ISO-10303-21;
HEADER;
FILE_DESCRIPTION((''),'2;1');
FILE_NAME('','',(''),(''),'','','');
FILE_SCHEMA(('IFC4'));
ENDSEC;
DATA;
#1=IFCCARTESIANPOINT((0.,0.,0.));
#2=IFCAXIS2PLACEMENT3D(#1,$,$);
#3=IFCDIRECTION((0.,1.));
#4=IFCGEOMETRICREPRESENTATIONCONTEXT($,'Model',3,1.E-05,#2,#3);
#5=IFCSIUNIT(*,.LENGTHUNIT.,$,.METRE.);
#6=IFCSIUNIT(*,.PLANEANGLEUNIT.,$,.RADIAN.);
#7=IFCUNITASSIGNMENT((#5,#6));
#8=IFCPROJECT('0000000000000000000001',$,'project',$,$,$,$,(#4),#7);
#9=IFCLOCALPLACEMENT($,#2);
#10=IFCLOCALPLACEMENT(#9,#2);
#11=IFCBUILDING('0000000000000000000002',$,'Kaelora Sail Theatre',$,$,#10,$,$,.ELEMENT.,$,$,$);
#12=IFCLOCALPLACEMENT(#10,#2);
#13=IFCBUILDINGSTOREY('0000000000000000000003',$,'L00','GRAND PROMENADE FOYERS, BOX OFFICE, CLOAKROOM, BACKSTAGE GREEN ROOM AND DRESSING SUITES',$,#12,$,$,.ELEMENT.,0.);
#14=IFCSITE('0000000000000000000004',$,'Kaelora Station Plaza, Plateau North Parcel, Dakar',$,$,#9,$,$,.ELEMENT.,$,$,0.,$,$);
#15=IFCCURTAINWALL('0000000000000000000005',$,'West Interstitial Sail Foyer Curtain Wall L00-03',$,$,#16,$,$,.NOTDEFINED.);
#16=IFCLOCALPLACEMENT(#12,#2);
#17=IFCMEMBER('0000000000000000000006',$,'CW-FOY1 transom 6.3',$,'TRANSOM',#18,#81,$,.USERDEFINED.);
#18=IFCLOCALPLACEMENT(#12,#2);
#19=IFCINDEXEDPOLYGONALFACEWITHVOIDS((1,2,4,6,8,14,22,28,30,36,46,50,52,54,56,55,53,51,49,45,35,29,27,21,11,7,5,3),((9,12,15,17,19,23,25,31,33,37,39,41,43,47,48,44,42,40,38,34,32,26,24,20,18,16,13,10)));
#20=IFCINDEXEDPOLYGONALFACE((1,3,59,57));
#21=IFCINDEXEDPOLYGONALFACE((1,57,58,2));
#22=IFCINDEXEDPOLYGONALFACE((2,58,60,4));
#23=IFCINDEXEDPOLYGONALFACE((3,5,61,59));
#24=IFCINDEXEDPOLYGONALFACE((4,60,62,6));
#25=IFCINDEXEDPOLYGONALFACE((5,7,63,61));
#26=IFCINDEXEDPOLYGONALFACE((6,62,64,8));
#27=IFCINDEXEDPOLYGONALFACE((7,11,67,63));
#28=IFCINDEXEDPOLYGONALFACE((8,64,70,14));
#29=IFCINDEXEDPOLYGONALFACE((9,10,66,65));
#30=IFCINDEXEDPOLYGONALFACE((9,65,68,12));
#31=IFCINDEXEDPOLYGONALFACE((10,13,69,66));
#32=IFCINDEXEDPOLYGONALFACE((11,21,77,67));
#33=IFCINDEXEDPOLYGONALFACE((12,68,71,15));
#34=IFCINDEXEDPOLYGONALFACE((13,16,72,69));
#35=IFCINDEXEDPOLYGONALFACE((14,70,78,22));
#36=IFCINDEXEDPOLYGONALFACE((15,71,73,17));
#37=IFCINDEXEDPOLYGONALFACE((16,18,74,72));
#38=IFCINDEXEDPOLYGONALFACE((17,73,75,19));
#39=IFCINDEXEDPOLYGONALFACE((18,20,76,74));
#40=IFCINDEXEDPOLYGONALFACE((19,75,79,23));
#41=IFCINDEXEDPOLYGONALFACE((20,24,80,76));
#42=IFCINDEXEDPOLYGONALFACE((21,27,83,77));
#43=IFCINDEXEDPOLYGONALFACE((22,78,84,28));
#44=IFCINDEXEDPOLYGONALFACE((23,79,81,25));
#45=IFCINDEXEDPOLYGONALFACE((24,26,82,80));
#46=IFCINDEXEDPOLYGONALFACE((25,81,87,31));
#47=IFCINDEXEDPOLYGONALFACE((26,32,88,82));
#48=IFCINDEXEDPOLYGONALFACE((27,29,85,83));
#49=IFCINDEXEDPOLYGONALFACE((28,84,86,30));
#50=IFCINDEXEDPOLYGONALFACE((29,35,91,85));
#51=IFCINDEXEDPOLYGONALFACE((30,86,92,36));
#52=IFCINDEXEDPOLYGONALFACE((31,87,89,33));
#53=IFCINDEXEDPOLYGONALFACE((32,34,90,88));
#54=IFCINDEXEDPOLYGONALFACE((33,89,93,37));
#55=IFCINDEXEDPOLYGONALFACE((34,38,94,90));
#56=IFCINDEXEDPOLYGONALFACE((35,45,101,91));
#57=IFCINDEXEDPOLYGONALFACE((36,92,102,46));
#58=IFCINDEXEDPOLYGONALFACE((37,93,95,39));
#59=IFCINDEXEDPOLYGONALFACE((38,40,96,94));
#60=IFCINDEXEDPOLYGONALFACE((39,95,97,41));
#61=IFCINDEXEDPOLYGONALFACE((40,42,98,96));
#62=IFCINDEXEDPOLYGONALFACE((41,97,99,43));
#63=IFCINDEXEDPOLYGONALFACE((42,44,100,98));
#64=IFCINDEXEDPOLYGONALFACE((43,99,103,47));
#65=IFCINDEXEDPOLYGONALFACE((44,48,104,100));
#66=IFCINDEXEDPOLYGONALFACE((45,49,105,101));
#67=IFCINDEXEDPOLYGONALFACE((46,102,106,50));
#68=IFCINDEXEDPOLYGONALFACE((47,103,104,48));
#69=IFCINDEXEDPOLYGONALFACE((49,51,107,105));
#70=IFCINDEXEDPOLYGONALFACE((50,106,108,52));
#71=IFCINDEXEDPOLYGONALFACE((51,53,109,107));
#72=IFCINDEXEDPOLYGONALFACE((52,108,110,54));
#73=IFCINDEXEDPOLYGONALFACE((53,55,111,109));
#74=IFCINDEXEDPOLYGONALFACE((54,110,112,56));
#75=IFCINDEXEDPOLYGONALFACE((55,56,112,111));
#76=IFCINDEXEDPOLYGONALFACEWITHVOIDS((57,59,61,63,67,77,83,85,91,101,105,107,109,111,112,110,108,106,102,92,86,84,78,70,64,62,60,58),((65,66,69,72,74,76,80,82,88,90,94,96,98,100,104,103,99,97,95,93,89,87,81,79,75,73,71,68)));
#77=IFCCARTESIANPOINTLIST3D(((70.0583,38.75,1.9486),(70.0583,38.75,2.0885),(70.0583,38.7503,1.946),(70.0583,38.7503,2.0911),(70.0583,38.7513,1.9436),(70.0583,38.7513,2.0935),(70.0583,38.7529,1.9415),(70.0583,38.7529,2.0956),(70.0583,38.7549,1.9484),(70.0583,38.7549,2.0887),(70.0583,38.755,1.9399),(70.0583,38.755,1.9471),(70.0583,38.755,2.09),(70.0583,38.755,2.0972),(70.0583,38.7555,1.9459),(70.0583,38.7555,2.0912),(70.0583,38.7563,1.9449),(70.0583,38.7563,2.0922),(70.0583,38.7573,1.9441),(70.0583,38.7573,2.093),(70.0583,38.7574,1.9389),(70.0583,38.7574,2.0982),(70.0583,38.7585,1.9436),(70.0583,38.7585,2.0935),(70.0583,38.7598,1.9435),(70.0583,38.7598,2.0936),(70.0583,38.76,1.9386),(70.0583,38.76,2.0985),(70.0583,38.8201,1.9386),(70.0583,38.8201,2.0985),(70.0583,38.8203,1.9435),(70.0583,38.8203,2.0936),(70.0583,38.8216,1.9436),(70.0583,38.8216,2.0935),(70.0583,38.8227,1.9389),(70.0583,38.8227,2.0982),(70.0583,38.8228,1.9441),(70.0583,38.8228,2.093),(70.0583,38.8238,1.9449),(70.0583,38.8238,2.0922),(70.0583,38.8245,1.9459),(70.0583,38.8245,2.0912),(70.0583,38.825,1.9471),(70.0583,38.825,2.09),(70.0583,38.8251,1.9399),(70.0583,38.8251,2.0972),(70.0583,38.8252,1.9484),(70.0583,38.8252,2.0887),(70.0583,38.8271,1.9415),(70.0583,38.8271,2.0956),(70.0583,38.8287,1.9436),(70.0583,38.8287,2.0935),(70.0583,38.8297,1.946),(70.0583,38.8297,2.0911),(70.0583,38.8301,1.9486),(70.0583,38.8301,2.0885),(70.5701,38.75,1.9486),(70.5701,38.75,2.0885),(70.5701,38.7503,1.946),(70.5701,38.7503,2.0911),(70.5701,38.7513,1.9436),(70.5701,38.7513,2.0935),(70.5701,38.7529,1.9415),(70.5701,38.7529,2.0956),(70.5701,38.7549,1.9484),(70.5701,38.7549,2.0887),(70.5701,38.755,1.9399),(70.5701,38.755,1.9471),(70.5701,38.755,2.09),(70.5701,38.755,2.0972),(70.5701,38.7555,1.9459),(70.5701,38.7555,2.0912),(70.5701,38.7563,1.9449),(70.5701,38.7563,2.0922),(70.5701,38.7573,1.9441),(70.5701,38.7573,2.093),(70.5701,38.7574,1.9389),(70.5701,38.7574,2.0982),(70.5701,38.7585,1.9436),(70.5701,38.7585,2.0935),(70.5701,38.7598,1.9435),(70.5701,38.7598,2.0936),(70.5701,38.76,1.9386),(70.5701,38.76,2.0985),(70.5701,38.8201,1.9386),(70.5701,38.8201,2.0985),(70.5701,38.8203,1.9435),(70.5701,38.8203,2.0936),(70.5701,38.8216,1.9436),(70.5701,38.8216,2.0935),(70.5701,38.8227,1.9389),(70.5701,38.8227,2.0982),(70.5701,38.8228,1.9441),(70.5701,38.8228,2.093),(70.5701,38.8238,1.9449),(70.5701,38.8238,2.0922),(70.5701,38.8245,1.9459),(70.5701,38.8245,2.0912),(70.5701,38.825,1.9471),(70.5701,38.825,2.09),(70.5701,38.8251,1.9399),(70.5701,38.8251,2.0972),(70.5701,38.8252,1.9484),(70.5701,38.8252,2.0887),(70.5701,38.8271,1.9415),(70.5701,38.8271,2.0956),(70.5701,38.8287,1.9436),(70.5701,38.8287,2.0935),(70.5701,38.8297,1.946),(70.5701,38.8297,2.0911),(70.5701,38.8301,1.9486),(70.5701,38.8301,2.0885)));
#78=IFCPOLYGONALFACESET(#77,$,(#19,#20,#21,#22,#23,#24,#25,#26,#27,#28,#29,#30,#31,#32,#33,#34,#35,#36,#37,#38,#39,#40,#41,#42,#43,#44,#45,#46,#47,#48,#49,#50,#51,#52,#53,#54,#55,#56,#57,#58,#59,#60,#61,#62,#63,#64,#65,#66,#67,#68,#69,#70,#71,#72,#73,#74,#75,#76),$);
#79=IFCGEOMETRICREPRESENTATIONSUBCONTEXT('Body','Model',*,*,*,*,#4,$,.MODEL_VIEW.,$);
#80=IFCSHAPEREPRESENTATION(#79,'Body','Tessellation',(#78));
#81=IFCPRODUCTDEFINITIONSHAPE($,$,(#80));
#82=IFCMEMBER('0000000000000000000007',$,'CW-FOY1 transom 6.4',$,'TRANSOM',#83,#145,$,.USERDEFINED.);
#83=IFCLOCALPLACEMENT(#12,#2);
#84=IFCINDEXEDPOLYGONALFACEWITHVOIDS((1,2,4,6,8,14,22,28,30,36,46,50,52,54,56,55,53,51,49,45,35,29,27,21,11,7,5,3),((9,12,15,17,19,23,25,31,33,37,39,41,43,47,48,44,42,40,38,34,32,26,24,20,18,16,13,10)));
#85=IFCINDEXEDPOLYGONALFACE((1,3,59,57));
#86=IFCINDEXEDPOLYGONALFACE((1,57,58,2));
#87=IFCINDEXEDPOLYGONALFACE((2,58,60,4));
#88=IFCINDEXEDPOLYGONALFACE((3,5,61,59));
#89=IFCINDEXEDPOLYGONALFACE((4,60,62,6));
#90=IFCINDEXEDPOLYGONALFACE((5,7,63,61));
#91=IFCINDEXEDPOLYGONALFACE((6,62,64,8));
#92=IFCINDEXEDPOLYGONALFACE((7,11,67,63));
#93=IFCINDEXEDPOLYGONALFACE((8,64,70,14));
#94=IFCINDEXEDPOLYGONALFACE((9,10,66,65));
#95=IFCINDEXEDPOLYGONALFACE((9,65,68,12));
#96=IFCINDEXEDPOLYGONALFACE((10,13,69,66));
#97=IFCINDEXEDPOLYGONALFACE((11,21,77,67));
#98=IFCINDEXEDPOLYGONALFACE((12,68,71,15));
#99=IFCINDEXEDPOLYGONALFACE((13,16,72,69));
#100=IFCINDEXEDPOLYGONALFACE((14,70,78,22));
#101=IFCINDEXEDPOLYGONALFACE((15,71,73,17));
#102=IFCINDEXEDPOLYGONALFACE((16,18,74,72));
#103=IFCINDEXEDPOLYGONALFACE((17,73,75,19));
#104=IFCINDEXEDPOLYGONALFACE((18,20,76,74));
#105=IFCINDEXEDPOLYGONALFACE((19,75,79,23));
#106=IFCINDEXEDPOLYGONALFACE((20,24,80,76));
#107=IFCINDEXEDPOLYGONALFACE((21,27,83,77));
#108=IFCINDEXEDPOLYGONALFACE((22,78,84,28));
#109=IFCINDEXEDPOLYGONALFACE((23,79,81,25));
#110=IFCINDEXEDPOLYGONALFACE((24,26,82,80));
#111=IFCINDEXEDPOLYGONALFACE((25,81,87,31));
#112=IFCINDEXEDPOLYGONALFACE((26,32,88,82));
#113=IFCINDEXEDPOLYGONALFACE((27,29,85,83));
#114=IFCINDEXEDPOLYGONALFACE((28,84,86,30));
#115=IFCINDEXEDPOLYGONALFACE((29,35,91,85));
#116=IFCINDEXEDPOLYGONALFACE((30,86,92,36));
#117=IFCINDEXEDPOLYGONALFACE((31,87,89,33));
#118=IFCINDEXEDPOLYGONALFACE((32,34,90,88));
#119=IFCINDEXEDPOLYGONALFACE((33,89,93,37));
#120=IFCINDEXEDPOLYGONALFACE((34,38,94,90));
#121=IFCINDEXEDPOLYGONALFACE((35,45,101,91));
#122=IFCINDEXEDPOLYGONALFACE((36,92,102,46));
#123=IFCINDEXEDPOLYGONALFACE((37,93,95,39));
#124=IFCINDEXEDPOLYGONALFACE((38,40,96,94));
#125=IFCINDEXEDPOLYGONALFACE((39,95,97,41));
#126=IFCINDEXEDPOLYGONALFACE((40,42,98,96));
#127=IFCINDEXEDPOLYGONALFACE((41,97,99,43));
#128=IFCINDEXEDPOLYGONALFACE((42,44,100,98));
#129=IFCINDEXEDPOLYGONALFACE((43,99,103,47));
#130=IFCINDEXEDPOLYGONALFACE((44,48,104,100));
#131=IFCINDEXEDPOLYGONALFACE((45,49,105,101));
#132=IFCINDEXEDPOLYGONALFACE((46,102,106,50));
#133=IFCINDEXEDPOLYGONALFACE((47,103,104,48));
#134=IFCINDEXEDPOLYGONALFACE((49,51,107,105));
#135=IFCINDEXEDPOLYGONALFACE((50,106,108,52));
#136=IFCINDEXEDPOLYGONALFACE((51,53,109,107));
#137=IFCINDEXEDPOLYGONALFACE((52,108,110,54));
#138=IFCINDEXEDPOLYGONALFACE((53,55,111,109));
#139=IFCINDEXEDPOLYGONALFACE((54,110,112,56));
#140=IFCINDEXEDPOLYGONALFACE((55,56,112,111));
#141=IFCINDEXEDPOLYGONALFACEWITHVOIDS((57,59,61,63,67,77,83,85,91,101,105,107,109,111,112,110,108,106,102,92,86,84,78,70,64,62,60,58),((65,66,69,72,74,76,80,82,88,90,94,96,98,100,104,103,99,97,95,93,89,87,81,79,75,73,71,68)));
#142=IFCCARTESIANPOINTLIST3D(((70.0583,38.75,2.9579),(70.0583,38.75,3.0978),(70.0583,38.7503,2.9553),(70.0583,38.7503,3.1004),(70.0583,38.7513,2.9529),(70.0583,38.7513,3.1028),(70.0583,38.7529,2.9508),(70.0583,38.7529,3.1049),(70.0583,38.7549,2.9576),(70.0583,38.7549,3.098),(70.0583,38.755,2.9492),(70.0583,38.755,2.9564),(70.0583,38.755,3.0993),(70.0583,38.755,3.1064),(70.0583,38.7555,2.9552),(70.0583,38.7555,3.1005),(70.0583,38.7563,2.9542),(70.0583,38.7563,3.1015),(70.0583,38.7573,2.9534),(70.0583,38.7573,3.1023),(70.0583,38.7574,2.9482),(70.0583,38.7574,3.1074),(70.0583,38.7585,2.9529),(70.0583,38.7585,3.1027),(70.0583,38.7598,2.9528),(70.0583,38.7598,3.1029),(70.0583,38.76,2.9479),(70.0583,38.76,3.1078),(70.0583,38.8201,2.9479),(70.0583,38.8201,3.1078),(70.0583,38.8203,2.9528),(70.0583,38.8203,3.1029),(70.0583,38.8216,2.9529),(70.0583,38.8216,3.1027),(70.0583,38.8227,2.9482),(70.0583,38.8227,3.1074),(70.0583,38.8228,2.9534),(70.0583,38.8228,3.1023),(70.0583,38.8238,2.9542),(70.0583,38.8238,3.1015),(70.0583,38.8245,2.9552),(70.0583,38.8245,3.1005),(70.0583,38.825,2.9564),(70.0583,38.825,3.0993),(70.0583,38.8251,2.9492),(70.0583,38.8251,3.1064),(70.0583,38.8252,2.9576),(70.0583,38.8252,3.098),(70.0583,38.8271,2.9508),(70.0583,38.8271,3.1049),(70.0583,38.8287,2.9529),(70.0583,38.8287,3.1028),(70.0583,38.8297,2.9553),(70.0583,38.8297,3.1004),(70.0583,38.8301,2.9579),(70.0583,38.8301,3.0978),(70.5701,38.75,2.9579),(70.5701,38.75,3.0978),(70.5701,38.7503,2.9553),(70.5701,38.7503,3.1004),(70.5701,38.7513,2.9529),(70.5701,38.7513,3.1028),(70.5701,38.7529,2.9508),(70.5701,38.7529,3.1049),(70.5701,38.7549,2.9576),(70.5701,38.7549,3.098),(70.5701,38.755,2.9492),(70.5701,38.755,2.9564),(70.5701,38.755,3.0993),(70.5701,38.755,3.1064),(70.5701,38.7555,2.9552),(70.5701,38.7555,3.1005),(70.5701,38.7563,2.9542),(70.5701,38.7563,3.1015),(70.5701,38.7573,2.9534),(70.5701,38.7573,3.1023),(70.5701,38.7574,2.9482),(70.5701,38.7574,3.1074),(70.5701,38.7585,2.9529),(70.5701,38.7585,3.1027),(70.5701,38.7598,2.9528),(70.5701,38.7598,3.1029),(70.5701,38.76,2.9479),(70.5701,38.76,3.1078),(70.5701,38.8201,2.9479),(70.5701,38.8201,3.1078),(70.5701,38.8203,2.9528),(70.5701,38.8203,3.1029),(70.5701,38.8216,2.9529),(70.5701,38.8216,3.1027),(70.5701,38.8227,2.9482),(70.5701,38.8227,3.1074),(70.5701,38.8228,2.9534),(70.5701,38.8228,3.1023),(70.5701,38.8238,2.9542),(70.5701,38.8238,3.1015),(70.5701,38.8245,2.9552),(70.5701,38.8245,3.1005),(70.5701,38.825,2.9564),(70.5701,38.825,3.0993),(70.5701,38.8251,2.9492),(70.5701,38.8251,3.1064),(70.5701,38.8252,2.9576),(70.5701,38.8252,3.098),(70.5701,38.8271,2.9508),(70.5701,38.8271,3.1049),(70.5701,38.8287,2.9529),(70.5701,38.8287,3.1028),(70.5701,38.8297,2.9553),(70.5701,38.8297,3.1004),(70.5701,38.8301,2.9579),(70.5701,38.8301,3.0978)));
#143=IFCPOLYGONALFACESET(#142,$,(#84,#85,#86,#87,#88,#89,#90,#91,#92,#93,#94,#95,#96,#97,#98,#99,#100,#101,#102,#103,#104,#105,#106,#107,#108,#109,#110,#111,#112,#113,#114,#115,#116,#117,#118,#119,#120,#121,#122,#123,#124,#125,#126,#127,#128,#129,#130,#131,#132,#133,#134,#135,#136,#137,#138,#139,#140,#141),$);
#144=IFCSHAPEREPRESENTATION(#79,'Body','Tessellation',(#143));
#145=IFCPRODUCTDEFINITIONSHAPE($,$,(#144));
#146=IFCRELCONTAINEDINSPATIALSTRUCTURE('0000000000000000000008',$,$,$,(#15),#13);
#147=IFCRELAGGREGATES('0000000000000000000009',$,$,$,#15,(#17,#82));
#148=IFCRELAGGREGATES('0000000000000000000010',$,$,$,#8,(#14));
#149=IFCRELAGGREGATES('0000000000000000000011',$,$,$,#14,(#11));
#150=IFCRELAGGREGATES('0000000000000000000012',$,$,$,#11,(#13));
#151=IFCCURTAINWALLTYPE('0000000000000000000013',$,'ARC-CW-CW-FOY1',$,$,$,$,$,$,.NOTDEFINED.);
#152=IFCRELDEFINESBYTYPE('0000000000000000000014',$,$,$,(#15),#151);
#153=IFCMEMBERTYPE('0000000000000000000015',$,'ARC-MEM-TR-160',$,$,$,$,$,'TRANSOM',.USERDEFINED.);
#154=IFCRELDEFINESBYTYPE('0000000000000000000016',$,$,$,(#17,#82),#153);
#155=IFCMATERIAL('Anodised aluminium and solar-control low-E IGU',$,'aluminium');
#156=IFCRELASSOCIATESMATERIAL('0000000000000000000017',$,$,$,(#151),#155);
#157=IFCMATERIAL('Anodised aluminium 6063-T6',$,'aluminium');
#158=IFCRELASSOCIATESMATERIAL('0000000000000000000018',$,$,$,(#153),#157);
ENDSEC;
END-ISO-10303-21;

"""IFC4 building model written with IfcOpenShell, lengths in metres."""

from ifc_helpers import new_model, si_unit, direction, frame, origin, origin_2d, place, context, subcontext, project, spatial, hollow_rectangle, extrude, material, material_profile, profile_set, type_object, element, aggregate, save


model = new_model("IFC4")

# Units and contexts
model_context = context("Model", 3, precision=1e-05, world=origin(), true_north=direction((0.0, 1.0)))
body_context = subcontext(model_context, "Body", "Model", "MODEL_VIEW")
ifc_project = project(units=[si_unit("LENGTHUNIT", "METRE"), si_unit("PLANEANGLEUNIT", "RADIAN")], contexts=[model_context])

# Site, building, storey
site_placement = place(None, origin())
site = spatial("IfcSite", under=ifc_project, at=site_placement, Name="Kaelora Station Plaza, Plateau North Parcel, Dakar", CompositionType="ELEMENT", RefElevation=0.0)
building_placement = place(site_placement, origin())
building = spatial("IfcBuilding", under=site, at=building_placement, Name="Kaelora Sail Theatre", CompositionType="ELEMENT")
storey_placement = place(building_placement, origin())
storey = spatial("IfcBuildingStorey", under=building, at=storey_placement, Name="L00", Description="GRAND PROMENADE FOYERS, BOX OFFICE, CLOAKROOM, BACKSTAGE GREEN ROOM AND DRESSING SUITES", CompositionType="ELEMENT", Elevation=0.0)

# Shared definitions
ifc_material_1 = material(Name="Anodised aluminium and solar-control low-E IGU", Category="aluminium")
curtain_wall_type = type_object("IfcCurtainWallType", Name="ARC-CW-CW-FOY1", PredefinedType="NOTDEFINED", material=ifc_material_1)

# Curtain wall
curtain_wall_1_placement = place(storey_placement, origin())
curtain_wall_1 = element("IfcCurtainWall", 1, at=curtain_wall_1_placement, inside=storey, type_object=curtain_wall_type, Name="West Interstitial Sail Foyer Curtain Wall L00-03", PredefinedType="NOTDEFINED")

# Members
ifc_material_2 = material(Name="Anodised aluminium 6063-T6", Category="aluminium")
ifc_material_profile_1 = material_profile(ifc_material_2, hollow_rectangle(XDim=0.0801, YDim=0.1599, WallThickness=0.0049, InnerFilletRadius=0.0049, OuterFilletRadius=0.01, at=origin_2d()), Name="ALU-TRAN 80x160x5")
ifc_profile_set_1 = profile_set([ifc_material_profile_1], Name="Anodised aluminium 6063-T6")
member_type_1 = type_object("IfcMemberType", Name="ARC-MEM-TR-160", ElementType="TRANSOM", PredefinedType="USERDEFINED", material=ifc_profile_set_1)
member_1_placement = place(storey_placement, frame((70.0583, 38.79, 2.0186), z_axis=(1.0, 0.0, 0.0), x_axis=(0.0, 1.0, 0.0)))
member_1 = element("IfcMember", 2, at=member_1_placement, type_object=member_type_1, Name="CW-FOY1 transom 6.3", ObjectType="TRANSOM", PredefinedType="USERDEFINED", context=body_context, shape_type="SweptSolid", body=[
    extrude(hollow_rectangle(XDim=0.0801, YDim=0.1599, WallThickness=0.0049, InnerFilletRadius=0.0049, OuterFilletRadius=0.01, at=origin_2d()), origin(), (0.0, 0.0, 1.0), 0.5117),
])
member_2_placement = place(storey_placement, frame((70.0583, 38.79, 3.0278), z_axis=(1.0, 0.0, 0.0), x_axis=(0.0, 1.0, 0.0)))
member_2 = element("IfcMember", 3, at=member_2_placement, type_object=member_type_1, Name="CW-FOY1 transom 6.4", ObjectType="TRANSOM", PredefinedType="USERDEFINED", context=body_context, shape_type="SweptSolid", body=[
    extrude(hollow_rectangle(XDim=0.0801, YDim=0.1599, WallThickness=0.0049, InnerFilletRadius=0.0049, OuterFilletRadius=0.01, at=origin_2d()), origin(), (0.0, 0.0, 1.0), 0.5117),
])

aggregate(curtain_wall_1, [member_1, member_2])

save(model, "model.ifc")
